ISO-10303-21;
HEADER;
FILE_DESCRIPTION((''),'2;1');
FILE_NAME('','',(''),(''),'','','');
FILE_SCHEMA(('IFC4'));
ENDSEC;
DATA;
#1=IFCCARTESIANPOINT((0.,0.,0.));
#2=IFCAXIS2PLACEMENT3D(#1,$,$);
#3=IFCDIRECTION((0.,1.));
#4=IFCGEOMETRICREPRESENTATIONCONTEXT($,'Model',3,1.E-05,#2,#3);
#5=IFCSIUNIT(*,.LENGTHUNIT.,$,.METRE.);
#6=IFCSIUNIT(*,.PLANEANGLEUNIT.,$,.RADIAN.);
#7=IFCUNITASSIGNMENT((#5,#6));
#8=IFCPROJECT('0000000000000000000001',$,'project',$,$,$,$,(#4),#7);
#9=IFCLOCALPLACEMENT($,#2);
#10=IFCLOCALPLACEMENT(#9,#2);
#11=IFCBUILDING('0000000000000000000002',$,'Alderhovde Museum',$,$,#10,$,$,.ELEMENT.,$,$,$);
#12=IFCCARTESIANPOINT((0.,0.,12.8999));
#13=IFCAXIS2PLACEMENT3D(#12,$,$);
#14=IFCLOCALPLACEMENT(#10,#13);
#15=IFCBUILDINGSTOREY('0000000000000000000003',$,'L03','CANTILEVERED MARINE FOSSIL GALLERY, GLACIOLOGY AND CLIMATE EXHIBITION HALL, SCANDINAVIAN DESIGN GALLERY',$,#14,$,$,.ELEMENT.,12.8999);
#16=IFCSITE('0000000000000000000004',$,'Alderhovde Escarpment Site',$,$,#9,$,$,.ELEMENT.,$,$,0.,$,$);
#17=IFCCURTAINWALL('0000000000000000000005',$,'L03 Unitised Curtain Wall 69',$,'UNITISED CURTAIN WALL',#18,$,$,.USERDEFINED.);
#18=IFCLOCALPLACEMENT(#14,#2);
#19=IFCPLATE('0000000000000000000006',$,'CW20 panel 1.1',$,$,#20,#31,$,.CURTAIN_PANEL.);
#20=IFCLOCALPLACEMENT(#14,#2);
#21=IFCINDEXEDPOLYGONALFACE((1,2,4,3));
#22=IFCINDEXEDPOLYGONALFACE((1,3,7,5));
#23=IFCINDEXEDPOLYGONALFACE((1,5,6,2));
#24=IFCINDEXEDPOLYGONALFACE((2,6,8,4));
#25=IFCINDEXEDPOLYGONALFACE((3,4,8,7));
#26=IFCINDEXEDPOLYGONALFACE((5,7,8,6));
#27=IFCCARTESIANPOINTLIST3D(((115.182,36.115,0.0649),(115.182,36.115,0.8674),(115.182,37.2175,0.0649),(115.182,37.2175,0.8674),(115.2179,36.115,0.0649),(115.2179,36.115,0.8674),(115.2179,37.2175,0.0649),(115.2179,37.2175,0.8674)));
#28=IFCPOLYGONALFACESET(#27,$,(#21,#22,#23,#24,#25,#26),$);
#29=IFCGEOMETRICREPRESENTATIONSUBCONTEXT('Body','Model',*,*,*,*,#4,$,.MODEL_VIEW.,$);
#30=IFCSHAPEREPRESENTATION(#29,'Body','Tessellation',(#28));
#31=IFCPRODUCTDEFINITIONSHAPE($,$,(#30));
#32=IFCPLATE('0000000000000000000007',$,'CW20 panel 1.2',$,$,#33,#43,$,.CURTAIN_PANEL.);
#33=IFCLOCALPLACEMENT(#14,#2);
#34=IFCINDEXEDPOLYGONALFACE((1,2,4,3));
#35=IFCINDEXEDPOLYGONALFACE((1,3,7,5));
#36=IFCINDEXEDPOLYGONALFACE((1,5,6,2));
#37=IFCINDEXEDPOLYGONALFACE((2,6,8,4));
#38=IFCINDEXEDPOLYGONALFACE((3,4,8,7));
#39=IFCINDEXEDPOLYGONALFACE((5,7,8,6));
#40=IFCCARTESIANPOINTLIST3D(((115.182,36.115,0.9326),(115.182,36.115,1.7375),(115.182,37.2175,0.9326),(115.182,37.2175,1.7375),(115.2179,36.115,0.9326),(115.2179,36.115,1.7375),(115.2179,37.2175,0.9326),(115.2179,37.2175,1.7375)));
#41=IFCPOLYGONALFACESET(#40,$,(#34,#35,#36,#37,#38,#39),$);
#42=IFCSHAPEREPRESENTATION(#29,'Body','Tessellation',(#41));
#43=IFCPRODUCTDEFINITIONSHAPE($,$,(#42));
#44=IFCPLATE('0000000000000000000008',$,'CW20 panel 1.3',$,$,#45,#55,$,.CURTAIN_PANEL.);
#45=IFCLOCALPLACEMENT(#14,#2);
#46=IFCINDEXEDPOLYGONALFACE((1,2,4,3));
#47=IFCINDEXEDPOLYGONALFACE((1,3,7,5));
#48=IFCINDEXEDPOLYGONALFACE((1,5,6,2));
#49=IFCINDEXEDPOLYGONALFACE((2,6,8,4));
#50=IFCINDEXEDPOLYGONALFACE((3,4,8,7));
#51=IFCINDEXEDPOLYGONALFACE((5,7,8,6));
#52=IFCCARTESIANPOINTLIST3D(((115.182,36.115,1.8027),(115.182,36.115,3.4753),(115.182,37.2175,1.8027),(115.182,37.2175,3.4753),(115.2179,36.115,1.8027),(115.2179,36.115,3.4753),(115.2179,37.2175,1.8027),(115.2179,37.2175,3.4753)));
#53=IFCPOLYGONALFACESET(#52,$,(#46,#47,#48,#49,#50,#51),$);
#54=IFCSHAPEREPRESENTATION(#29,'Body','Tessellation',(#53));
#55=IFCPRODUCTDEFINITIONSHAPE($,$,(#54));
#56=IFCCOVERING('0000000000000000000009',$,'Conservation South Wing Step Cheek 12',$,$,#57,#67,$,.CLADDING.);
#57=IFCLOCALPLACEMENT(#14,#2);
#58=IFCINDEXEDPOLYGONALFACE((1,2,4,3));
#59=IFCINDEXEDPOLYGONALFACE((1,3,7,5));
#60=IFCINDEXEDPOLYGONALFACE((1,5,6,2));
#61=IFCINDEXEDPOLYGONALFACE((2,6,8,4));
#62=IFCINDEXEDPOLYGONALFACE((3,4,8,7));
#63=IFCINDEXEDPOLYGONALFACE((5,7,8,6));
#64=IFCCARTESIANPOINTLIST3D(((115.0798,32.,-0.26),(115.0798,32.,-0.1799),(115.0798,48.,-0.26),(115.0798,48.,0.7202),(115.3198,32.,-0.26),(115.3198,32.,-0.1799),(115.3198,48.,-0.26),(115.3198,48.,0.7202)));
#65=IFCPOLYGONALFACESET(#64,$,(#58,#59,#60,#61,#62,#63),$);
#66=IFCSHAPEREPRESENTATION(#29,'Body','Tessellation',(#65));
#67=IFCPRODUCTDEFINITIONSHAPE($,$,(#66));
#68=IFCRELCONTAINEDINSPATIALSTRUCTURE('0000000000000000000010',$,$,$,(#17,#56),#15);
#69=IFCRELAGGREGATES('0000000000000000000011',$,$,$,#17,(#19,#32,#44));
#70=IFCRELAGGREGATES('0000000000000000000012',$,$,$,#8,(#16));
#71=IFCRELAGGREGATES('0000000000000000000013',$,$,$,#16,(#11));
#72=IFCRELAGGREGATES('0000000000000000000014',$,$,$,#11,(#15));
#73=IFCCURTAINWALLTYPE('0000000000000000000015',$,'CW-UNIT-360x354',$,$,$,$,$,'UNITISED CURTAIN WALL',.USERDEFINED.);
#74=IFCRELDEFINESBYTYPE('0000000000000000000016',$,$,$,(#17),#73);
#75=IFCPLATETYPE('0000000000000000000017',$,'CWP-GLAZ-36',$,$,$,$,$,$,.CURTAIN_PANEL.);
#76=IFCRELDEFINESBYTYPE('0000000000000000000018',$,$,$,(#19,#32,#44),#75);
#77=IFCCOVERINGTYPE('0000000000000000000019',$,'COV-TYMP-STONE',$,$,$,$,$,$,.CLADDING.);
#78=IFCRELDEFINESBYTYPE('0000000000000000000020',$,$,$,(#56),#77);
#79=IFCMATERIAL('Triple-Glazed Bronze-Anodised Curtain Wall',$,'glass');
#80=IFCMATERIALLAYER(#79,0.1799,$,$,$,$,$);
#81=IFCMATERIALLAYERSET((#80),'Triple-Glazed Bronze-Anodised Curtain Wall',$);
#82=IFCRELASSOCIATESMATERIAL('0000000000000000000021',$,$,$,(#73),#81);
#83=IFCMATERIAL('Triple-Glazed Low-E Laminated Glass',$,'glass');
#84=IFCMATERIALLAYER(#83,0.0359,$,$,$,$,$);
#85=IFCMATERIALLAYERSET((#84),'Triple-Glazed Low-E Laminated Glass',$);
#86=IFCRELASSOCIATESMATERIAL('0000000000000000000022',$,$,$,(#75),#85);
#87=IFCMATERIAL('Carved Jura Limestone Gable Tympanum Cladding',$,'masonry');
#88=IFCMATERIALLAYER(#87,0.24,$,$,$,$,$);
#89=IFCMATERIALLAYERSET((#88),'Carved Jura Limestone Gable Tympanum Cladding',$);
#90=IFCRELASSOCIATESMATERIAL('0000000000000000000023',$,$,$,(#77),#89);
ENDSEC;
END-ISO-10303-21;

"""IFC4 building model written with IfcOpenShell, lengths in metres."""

from ifc_helpers import new_model, si_unit, direction, frame, origin, origin_2d, place, context, subcontext, project, spatial, polyline, rectangle, outline, extrude, material, layer, layer_set, type_object, element, aggregate, save


model = new_model("IFC4")

# Units and contexts
model_context = context("Model", 3, precision=1e-05, world=origin(), true_north=direction((0.0, 1.0)))
body_context = subcontext(model_context, "Body", "Model", "MODEL_VIEW")
ifc_project = project(units=[si_unit("LENGTHUNIT", "METRE"), si_unit("PLANEANGLEUNIT", "RADIAN")], contexts=[model_context])

# Site, building, storey
site_placement = place(None, origin())
site = spatial("IfcSite", under=ifc_project, at=site_placement, Name="Alderhovde Escarpment Site", CompositionType="ELEMENT", RefElevation=0.0)
building_placement = place(site_placement, origin())
building = spatial("IfcBuilding", under=site, at=building_placement, Name="Alderhovde Museum", CompositionType="ELEMENT")
storey_placement = place(building_placement, frame((0.0, 0.0, 12.8999)))
storey = spatial("IfcBuildingStorey", under=building, at=storey_placement, Name="L03", Description="CANTILEVERED MARINE FOSSIL GALLERY, GLACIOLOGY AND CLIMATE EXHIBITION HALL, SCANDINAVIAN DESIGN GALLERY", CompositionType="ELEMENT", Elevation=12.8999)

# Curtain wall
ifc_material_1 = material(Name="Triple-Glazed Bronze-Anodised Curtain Wall", Category="glass")
ifc_layer_1 = layer(ifc_material_1, 0.1799)
ifc_layer_set_1 = layer_set([ifc_layer_1], Name="Triple-Glazed Bronze-Anodised Curtain Wall")
curtain_wall_type_1 = type_object("IfcCurtainWallType", Name="CW-UNIT-360x354", ElementType="UNITISED CURTAIN WALL", PredefinedType="USERDEFINED", material=ifc_layer_set_1)
curtain_wall_1_placement = place(storey_placement, origin())
curtain_wall_1 = element("IfcCurtainWall", 1, at=curtain_wall_1_placement, inside=storey, type_object=curtain_wall_type_1, Name="L03 Unitised Curtain Wall 69", ObjectType="UNITISED CURTAIN WALL", PredefinedType="USERDEFINED")

# Plates
ifc_material_2 = material(Name="Triple-Glazed Low-E Laminated Glass", Category="glass")
ifc_layer_2 = layer(ifc_material_2, 0.0359)
ifc_layer_set_2 = layer_set([ifc_layer_2], Name="Triple-Glazed Low-E Laminated Glass")
plate_type_1 = type_object("IfcPlateType", Name="CWP-GLAZ-36", PredefinedType="CURTAIN_PANEL", material=ifc_layer_set_2)
plate_1_placement = place(storey_placement, frame((115.2, 36.6663, 0.0649), z_axis=(0.0, 0.0, 1.0), x_axis=(0.0, 1.0, 0.0)))
plate_1 = element("IfcPlate", 2, at=plate_1_placement, type_object=plate_type_1, Name="CW20 panel 1.1", PredefinedType="CURTAIN_PANEL", context=body_context, shape_type="SweptSolid", body=[
    extrude(rectangle(XDim=1.1025, YDim=0.0359, at=origin_2d()), origin(), (0.0, 0.0, 1.0), 0.8025),
])
plate_2_placement = place(storey_placement, frame((115.2, 36.6663, 0.9326), z_axis=(0.0, 0.0, 1.0), x_axis=(0.0, 1.0, 0.0)))
plate_2 = element("IfcPlate", 3, at=plate_2_placement, type_object=plate_type_1, Name="CW20 panel 1.2", PredefinedType="CURTAIN_PANEL", context=body_context, shape_type="SweptSolid", body=[
    extrude(rectangle(XDim=1.1025, YDim=0.0359, at=origin_2d()), origin(), (0.0, 0.0, 1.0), 0.8049),
])
plate_3_placement = place(storey_placement, frame((115.2, 36.6663, 1.8027), z_axis=(0.0, 0.0, 1.0), x_axis=(0.0, 1.0, 0.0)))
plate_3 = element("IfcPlate", 4, at=plate_3_placement, type_object=plate_type_1, Name="CW20 panel 1.3", PredefinedType="CURTAIN_PANEL", context=body_context, shape_type="SweptSolid", body=[
    extrude(rectangle(XDim=1.1025, YDim=0.0359, at=origin_2d()), origin(), (0.0, 0.0, 1.0), 1.6726),
])
aggregate(curtain_wall_1, [plate_1, plate_2, plate_3])

# Covering
ifc_material_3 = material(Name="Carved Jura Limestone Gable Tympanum Cladding", Category="masonry")
ifc_layer_3 = layer(ifc_material_3, 0.24)
ifc_layer_set_3 = layer_set([ifc_layer_3], Name="Carved Jura Limestone Gable Tympanum Cladding")
covering_type = type_object("IfcCoveringType", Name="COV-TYMP-STONE", PredefinedType="CLADDING", material=ifc_layer_set_3)
covering_placement = place(storey_placement, frame((115.2, 32.0, -0.26), z_axis=(0.0, 0.0, 1.0), x_axis=(0.0, 1.0, 0.0)))
element("IfcCovering", 5, at=covering_placement, inside=storey, type_object=covering_type, Name="Conservation South Wing Step Cheek 12", PredefinedType="CLADDING", context=body_context, shape_type="SweptSolid", body=[
    extrude(outline(polyline([(0.0, 0.0), (16.0, 0.0), (16.0, 0.9802), (0.0, 0.0801), (0.0, 0.0)])), frame((0.0, 0.1201, 0.0), z_axis=(0.0, -1.0, 0.0), x_axis=(1.0, 0.0, 0.0)), (0.0, 0.0, 1.0), 0.24),
])

save(model, "model.ifc")
